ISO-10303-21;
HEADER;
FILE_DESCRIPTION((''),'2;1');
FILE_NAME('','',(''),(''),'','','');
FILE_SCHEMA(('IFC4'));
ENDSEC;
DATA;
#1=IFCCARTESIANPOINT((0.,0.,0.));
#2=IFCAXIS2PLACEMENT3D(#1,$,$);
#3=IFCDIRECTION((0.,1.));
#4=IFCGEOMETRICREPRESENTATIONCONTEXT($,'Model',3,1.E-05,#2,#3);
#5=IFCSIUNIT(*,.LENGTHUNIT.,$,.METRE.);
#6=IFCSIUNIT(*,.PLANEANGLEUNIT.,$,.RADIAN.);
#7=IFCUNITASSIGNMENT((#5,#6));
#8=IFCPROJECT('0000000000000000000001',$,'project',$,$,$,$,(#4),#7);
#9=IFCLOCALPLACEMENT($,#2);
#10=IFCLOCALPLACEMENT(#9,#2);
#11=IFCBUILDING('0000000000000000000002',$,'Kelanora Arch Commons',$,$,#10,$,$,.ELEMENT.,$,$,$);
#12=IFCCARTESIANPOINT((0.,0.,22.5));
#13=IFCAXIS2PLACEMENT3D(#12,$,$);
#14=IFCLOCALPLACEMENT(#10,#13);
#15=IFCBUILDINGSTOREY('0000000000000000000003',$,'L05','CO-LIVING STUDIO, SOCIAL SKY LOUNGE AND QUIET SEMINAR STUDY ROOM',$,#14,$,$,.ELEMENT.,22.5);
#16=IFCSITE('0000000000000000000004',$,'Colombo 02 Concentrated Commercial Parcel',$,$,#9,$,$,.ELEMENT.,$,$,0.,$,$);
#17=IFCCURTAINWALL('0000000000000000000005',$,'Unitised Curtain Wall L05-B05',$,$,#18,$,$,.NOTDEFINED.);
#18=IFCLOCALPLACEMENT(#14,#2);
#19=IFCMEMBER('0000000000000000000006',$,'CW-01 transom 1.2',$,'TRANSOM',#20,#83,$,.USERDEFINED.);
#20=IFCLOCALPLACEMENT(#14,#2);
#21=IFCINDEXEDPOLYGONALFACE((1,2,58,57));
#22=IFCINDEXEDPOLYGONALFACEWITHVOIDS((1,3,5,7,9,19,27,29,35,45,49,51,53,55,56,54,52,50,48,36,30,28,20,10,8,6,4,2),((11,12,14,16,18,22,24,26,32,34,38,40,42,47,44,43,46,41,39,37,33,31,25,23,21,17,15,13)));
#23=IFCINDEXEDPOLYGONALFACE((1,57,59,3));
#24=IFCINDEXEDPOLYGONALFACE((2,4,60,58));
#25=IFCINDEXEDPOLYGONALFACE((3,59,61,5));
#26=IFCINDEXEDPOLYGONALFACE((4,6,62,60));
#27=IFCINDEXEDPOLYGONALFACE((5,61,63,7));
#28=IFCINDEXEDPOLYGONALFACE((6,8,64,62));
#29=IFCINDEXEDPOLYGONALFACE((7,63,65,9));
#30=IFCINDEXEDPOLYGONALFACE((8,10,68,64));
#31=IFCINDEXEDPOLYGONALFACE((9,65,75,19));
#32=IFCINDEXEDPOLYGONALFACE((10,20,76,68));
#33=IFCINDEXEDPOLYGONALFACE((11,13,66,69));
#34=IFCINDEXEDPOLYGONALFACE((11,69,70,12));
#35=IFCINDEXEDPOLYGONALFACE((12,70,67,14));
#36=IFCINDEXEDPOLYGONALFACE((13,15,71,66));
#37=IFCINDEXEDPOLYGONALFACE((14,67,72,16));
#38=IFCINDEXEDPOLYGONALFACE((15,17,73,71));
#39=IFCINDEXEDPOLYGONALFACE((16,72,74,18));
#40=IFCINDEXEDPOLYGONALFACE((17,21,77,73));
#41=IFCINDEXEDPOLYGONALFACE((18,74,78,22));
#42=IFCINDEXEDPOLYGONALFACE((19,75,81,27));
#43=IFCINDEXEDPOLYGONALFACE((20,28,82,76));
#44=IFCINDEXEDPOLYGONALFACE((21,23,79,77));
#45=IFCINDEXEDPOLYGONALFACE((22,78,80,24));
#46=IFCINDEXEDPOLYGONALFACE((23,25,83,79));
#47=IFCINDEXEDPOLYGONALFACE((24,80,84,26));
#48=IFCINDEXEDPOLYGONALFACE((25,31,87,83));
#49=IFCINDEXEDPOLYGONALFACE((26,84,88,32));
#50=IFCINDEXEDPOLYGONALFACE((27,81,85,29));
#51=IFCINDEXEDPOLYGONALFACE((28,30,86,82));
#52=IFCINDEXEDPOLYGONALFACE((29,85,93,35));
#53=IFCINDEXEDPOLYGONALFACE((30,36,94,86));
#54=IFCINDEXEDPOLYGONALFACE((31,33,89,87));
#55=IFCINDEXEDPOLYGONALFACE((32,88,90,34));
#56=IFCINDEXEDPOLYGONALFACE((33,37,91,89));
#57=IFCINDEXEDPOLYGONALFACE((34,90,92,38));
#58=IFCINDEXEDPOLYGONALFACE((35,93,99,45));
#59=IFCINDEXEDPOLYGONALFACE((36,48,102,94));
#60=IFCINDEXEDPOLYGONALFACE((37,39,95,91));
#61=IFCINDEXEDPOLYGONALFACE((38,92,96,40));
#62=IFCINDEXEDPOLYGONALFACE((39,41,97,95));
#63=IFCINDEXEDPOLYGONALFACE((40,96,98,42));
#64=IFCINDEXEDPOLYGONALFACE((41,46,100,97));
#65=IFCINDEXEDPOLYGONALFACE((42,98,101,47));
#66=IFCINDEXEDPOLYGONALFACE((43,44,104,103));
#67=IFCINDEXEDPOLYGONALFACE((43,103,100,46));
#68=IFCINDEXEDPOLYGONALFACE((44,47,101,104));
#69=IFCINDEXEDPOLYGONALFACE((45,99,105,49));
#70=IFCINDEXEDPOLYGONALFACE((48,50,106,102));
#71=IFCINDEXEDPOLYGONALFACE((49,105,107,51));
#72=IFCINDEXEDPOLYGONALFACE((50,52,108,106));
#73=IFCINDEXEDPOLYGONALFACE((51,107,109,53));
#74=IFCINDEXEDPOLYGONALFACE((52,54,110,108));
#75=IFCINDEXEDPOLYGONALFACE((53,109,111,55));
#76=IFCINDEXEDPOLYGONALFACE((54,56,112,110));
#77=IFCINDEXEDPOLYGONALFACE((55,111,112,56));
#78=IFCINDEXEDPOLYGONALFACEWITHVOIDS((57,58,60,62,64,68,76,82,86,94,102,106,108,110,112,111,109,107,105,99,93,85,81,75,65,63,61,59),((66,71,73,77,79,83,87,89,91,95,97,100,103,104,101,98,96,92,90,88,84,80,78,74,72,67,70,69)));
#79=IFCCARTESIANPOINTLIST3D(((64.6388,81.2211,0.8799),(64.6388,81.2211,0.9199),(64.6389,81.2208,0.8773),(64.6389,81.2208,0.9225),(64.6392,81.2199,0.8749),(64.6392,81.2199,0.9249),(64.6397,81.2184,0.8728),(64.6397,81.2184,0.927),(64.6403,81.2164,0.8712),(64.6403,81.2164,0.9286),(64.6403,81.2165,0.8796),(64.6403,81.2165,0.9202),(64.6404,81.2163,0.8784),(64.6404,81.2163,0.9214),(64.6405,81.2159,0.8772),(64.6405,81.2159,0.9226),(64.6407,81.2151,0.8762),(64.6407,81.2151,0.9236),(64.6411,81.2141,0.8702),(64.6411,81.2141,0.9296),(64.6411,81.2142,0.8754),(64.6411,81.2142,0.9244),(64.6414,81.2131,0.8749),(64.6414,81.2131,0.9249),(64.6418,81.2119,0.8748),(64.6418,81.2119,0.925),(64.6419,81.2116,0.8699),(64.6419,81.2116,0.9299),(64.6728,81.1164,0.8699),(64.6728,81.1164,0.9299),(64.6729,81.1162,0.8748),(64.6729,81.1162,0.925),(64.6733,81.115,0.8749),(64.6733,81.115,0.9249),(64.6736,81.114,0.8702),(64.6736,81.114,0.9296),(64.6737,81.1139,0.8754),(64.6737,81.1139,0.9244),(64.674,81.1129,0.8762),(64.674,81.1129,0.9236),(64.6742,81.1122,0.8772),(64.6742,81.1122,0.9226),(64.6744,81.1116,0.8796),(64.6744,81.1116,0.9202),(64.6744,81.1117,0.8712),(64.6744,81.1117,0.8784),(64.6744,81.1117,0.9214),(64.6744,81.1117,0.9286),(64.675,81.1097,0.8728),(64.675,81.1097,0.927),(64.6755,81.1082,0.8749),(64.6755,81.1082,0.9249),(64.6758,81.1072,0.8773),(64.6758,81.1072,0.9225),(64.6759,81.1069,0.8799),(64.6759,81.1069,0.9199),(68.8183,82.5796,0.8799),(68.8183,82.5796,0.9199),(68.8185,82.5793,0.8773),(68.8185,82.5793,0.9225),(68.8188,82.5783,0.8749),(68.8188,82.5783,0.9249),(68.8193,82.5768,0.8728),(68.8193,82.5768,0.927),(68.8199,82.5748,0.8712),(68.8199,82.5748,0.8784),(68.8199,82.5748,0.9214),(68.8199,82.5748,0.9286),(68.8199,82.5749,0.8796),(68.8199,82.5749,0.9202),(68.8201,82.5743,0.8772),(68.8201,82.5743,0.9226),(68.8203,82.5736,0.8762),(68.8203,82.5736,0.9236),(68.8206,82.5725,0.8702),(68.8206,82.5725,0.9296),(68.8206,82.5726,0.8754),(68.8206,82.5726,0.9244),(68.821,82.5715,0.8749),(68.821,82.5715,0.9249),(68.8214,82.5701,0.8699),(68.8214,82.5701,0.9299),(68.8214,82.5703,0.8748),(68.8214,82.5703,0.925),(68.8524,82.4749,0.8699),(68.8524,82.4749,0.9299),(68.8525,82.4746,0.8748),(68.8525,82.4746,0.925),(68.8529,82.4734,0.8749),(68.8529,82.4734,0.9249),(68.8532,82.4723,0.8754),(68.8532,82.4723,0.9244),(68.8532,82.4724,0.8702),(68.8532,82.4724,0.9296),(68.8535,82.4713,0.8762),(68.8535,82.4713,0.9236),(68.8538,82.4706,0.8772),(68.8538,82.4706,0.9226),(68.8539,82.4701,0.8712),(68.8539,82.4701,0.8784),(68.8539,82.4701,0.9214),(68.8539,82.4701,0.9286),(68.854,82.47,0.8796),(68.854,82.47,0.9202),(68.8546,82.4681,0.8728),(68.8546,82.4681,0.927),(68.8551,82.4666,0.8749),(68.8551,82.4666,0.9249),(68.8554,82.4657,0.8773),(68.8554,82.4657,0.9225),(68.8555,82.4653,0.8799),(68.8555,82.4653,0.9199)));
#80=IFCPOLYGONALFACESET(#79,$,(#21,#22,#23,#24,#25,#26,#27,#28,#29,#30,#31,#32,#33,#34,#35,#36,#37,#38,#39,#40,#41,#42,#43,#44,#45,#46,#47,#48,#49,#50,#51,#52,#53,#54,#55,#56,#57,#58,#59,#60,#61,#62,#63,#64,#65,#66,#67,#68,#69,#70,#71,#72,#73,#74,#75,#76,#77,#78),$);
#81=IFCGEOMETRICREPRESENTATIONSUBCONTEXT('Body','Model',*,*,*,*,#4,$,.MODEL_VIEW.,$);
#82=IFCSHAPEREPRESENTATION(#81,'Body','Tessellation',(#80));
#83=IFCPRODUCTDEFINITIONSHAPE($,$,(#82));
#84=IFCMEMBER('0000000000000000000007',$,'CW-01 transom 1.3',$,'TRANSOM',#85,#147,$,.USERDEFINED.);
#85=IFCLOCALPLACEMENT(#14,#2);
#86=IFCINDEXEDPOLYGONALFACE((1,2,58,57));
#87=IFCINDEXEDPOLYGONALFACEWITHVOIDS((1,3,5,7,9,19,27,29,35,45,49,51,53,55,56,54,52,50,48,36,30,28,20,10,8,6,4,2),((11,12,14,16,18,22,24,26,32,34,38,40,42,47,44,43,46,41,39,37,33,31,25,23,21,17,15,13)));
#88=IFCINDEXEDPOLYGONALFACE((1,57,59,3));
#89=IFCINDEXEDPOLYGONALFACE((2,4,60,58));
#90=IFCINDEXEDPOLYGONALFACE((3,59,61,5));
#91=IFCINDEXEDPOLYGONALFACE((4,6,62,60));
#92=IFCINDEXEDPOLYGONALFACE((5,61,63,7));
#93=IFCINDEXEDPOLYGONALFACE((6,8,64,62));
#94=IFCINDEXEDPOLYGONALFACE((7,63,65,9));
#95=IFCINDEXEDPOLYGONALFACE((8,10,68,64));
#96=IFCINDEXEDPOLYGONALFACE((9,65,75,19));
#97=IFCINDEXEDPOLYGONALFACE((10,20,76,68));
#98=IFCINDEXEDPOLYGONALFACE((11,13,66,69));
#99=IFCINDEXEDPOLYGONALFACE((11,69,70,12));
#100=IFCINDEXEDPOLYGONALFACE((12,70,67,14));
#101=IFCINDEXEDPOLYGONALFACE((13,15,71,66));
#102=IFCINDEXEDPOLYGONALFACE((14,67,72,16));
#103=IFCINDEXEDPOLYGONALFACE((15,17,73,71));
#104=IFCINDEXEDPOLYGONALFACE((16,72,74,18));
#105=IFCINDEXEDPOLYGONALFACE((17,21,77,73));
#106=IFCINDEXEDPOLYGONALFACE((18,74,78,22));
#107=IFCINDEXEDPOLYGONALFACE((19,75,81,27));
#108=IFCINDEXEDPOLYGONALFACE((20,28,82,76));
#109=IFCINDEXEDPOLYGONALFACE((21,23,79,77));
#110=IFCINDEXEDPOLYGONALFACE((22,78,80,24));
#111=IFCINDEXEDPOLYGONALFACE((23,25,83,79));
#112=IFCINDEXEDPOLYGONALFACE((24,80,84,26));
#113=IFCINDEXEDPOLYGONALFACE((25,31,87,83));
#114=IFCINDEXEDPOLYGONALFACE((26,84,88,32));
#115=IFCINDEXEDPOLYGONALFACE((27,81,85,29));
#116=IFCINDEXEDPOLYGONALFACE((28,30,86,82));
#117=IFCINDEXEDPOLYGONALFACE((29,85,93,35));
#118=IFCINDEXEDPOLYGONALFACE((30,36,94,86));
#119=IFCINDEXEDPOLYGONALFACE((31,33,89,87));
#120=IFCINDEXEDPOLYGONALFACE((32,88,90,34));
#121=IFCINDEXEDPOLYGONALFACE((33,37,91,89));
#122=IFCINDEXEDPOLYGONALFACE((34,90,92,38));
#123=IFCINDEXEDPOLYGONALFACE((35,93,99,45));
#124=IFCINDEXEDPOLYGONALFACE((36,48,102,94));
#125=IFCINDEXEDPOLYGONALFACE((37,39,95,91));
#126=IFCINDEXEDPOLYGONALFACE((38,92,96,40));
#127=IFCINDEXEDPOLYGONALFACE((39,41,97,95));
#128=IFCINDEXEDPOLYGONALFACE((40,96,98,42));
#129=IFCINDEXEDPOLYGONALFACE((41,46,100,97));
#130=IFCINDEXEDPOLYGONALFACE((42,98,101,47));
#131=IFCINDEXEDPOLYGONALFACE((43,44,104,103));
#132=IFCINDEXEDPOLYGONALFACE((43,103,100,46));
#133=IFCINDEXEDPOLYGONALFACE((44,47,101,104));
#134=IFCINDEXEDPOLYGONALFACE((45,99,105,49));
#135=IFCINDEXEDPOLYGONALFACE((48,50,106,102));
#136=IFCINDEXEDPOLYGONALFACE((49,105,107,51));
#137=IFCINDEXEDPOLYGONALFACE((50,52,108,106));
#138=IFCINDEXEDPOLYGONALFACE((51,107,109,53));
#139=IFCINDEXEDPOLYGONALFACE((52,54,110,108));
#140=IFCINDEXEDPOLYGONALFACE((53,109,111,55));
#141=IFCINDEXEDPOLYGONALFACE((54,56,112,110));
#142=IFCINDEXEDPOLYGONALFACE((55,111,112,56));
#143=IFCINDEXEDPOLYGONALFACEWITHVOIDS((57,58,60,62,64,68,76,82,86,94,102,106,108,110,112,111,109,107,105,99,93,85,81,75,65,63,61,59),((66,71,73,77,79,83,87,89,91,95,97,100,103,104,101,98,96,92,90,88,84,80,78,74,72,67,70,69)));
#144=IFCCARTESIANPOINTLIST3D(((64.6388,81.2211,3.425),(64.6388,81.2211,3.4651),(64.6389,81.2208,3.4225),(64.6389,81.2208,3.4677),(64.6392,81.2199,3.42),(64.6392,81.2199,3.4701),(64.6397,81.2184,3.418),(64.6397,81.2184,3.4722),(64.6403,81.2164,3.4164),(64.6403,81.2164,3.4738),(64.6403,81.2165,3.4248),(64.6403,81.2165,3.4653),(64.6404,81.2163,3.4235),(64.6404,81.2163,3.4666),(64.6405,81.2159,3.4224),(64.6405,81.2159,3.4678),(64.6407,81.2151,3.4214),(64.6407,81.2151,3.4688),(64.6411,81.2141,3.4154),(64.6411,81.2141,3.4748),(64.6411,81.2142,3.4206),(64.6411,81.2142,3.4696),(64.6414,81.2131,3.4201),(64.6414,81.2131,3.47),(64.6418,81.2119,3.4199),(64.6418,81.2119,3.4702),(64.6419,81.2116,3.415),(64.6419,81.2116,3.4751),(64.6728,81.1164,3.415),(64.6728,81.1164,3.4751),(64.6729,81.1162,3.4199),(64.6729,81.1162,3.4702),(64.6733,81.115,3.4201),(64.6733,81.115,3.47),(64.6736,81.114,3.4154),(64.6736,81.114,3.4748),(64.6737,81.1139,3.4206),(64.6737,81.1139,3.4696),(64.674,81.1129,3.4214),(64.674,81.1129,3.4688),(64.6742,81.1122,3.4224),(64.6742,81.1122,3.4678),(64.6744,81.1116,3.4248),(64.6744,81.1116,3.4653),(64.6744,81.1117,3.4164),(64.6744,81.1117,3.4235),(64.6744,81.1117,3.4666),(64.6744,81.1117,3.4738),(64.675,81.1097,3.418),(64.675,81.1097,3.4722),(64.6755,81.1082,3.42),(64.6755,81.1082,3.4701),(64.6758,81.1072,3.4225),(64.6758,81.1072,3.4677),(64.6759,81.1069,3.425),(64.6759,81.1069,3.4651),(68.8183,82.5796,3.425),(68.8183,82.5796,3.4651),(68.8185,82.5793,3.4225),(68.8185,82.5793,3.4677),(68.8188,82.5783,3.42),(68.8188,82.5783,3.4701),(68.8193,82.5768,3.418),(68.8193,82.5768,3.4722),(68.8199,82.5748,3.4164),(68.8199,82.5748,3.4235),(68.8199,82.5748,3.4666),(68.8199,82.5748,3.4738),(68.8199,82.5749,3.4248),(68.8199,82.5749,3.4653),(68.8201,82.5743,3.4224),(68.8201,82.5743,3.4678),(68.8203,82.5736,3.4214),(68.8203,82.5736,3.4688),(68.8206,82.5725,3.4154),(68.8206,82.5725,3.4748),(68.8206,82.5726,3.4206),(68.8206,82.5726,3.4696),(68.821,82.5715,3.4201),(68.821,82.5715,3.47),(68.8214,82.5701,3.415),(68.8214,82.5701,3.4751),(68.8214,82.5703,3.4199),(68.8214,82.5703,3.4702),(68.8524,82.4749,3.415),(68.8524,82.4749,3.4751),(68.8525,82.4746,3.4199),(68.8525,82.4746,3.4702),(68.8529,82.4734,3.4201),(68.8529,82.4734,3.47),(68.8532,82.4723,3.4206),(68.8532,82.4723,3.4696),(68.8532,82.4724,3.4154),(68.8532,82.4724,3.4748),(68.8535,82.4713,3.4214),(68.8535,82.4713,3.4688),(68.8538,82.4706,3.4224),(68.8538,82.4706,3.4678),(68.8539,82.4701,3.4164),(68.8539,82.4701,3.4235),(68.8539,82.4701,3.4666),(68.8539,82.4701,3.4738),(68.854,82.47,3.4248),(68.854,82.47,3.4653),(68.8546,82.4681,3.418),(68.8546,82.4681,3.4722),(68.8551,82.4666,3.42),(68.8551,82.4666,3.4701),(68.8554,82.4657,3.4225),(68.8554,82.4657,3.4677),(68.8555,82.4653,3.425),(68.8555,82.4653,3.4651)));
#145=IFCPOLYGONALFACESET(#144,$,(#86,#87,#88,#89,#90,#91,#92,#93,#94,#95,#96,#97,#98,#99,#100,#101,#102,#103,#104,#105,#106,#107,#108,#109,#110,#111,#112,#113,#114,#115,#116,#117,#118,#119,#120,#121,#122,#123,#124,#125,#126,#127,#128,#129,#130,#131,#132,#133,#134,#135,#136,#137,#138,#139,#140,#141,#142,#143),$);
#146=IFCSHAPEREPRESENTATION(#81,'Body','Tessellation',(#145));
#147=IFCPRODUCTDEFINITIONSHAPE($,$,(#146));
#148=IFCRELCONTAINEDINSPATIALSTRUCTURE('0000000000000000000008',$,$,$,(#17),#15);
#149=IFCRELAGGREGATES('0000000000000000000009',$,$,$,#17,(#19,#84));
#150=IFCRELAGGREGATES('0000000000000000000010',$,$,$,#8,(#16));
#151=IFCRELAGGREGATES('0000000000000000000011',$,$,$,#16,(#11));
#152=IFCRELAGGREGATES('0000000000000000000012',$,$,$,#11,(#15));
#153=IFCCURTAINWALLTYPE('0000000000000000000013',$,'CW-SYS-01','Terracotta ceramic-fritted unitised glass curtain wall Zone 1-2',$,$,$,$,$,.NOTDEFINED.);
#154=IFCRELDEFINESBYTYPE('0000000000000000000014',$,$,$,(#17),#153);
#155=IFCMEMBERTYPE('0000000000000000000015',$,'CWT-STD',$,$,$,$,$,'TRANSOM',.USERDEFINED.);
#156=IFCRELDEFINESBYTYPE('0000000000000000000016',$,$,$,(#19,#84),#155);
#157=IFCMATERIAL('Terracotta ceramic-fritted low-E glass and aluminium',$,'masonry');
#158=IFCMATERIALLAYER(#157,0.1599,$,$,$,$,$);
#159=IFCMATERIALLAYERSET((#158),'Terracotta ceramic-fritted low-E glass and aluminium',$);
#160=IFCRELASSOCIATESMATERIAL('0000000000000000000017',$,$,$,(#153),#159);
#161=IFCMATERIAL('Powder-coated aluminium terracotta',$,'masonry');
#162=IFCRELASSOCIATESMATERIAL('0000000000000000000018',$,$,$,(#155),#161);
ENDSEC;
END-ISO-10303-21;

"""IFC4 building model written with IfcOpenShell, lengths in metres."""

from ifc_helpers import new_model, si_unit, direction, frame, origin, origin_2d, place, context, subcontext, project, spatial, hollow_rectangle, extrude, material, layer, layer_set, material_profile, profile_set, type_object, element, aggregate, save


model = new_model("IFC4")

# Units and contexts
model_context = context("Model", 3, precision=1e-05, world=origin(), true_north=direction((0.0, 1.0)))
body_context = subcontext(model_context, "Body", "Model", "MODEL_VIEW")
ifc_project = project(units=[si_unit("LENGTHUNIT", "METRE"), si_unit("PLANEANGLEUNIT", "RADIAN")], contexts=[model_context])

# Site, building, storey
site_placement = place(None, origin())
site = spatial("IfcSite", under=ifc_project, at=site_placement, Name="Colombo 02 Concentrated Commercial Parcel", CompositionType="ELEMENT", RefElevation=0.0)
building_placement = place(site_placement, origin())
building = spatial("IfcBuilding", under=site, at=building_placement, Name="Kelanora Arch Commons", CompositionType="ELEMENT")
storey_placement = place(building_placement, frame((0.0, 0.0, 22.5)))
storey = spatial("IfcBuildingStorey", under=building, at=storey_placement, Name="L05", Description="CO-LIVING STUDIO, SOCIAL SKY LOUNGE AND QUIET SEMINAR STUDY ROOM", CompositionType="ELEMENT", Elevation=22.5)

# Curtain wall, members
ifc_material_1 = material(Name="Terracotta ceramic-fritted low-E glass and aluminium", Category="masonry")
ifc_layer_1 = layer(ifc_material_1, 0.1599)
ifc_layer_set_1 = layer_set([ifc_layer_1], Name="Terracotta ceramic-fritted low-E glass and aluminium")
curtain_wall_type = type_object("IfcCurtainWallType", Name="CW-SYS-01", Description="Terracotta ceramic-fritted unitised glass curtain wall Zone 1-2", PredefinedType="NOTDEFINED", material=ifc_layer_set_1)
curtain_wall_placement = place(storey_placement, origin())
curtain_wall = element("IfcCurtainWall", 1, at=curtain_wall_placement, inside=storey, type_object=curtain_wall_type, Name="Unitised Curtain Wall L05-B05", PredefinedType="NOTDEFINED")
ifc_material_2 = material(Name="Powder-coated aluminium terracotta", Category="masonry")
ifc_material_profile_1 = material_profile(ifc_material_2, hollow_rectangle(XDim=0.1201, YDim=0.0601, WallThickness=0.0049, InnerFilletRadius=0.0049, OuterFilletRadius=0.01, at=origin_2d()), Name="CWT120x60")
ifc_profile_set_1 = profile_set([ifc_material_profile_1], Name="Powder-coated aluminium terracotta")
member_type_1 = type_object("IfcMemberType", Name="CWT-STD", ElementType="TRANSOM", PredefinedType="USERDEFINED", material=ifc_profile_set_1)
member_1_placement = place(storey_placement, frame((68.8369, 82.5225, 0.8999), z_axis=(-0.951029, -0.309102, 0.0), x_axis=(0.309102, -0.951029, 0.0)))
member_1 = element("IfcMember", 2, at=member_1_placement, type_object=member_type_1, Name="CW-01 transom 1.2", ObjectType="TRANSOM", PredefinedType="USERDEFINED", context=body_context, shape_type="SweptSolid", body=[
    extrude(hollow_rectangle(XDim=0.1201, YDim=0.0601, WallThickness=0.0049, InnerFilletRadius=0.0049, OuterFilletRadius=0.01, at=origin_2d()), origin(), (0.0, 0.0, 1.0), 4.3948),
])
member_2_placement = place(storey_placement, frame((68.8369, 82.5225, 3.4451), z_axis=(-0.951029, -0.309102, 0.0), x_axis=(0.309102, -0.951029, 0.0)))
member_2 = element("IfcMember", 3, at=member_2_placement, type_object=member_type_1, Name="CW-01 transom 1.3", ObjectType="TRANSOM", PredefinedType="USERDEFINED", context=body_context, shape_type="SweptSolid", body=[
    extrude(hollow_rectangle(XDim=0.1201, YDim=0.0601, WallThickness=0.0049, InnerFilletRadius=0.0049, OuterFilletRadius=0.01, at=origin_2d()), origin(), (0.0, 0.0, 1.0), 4.3948),
])
aggregate(curtain_wall, [member_1, member_2])

save(model, "model.ifc")
